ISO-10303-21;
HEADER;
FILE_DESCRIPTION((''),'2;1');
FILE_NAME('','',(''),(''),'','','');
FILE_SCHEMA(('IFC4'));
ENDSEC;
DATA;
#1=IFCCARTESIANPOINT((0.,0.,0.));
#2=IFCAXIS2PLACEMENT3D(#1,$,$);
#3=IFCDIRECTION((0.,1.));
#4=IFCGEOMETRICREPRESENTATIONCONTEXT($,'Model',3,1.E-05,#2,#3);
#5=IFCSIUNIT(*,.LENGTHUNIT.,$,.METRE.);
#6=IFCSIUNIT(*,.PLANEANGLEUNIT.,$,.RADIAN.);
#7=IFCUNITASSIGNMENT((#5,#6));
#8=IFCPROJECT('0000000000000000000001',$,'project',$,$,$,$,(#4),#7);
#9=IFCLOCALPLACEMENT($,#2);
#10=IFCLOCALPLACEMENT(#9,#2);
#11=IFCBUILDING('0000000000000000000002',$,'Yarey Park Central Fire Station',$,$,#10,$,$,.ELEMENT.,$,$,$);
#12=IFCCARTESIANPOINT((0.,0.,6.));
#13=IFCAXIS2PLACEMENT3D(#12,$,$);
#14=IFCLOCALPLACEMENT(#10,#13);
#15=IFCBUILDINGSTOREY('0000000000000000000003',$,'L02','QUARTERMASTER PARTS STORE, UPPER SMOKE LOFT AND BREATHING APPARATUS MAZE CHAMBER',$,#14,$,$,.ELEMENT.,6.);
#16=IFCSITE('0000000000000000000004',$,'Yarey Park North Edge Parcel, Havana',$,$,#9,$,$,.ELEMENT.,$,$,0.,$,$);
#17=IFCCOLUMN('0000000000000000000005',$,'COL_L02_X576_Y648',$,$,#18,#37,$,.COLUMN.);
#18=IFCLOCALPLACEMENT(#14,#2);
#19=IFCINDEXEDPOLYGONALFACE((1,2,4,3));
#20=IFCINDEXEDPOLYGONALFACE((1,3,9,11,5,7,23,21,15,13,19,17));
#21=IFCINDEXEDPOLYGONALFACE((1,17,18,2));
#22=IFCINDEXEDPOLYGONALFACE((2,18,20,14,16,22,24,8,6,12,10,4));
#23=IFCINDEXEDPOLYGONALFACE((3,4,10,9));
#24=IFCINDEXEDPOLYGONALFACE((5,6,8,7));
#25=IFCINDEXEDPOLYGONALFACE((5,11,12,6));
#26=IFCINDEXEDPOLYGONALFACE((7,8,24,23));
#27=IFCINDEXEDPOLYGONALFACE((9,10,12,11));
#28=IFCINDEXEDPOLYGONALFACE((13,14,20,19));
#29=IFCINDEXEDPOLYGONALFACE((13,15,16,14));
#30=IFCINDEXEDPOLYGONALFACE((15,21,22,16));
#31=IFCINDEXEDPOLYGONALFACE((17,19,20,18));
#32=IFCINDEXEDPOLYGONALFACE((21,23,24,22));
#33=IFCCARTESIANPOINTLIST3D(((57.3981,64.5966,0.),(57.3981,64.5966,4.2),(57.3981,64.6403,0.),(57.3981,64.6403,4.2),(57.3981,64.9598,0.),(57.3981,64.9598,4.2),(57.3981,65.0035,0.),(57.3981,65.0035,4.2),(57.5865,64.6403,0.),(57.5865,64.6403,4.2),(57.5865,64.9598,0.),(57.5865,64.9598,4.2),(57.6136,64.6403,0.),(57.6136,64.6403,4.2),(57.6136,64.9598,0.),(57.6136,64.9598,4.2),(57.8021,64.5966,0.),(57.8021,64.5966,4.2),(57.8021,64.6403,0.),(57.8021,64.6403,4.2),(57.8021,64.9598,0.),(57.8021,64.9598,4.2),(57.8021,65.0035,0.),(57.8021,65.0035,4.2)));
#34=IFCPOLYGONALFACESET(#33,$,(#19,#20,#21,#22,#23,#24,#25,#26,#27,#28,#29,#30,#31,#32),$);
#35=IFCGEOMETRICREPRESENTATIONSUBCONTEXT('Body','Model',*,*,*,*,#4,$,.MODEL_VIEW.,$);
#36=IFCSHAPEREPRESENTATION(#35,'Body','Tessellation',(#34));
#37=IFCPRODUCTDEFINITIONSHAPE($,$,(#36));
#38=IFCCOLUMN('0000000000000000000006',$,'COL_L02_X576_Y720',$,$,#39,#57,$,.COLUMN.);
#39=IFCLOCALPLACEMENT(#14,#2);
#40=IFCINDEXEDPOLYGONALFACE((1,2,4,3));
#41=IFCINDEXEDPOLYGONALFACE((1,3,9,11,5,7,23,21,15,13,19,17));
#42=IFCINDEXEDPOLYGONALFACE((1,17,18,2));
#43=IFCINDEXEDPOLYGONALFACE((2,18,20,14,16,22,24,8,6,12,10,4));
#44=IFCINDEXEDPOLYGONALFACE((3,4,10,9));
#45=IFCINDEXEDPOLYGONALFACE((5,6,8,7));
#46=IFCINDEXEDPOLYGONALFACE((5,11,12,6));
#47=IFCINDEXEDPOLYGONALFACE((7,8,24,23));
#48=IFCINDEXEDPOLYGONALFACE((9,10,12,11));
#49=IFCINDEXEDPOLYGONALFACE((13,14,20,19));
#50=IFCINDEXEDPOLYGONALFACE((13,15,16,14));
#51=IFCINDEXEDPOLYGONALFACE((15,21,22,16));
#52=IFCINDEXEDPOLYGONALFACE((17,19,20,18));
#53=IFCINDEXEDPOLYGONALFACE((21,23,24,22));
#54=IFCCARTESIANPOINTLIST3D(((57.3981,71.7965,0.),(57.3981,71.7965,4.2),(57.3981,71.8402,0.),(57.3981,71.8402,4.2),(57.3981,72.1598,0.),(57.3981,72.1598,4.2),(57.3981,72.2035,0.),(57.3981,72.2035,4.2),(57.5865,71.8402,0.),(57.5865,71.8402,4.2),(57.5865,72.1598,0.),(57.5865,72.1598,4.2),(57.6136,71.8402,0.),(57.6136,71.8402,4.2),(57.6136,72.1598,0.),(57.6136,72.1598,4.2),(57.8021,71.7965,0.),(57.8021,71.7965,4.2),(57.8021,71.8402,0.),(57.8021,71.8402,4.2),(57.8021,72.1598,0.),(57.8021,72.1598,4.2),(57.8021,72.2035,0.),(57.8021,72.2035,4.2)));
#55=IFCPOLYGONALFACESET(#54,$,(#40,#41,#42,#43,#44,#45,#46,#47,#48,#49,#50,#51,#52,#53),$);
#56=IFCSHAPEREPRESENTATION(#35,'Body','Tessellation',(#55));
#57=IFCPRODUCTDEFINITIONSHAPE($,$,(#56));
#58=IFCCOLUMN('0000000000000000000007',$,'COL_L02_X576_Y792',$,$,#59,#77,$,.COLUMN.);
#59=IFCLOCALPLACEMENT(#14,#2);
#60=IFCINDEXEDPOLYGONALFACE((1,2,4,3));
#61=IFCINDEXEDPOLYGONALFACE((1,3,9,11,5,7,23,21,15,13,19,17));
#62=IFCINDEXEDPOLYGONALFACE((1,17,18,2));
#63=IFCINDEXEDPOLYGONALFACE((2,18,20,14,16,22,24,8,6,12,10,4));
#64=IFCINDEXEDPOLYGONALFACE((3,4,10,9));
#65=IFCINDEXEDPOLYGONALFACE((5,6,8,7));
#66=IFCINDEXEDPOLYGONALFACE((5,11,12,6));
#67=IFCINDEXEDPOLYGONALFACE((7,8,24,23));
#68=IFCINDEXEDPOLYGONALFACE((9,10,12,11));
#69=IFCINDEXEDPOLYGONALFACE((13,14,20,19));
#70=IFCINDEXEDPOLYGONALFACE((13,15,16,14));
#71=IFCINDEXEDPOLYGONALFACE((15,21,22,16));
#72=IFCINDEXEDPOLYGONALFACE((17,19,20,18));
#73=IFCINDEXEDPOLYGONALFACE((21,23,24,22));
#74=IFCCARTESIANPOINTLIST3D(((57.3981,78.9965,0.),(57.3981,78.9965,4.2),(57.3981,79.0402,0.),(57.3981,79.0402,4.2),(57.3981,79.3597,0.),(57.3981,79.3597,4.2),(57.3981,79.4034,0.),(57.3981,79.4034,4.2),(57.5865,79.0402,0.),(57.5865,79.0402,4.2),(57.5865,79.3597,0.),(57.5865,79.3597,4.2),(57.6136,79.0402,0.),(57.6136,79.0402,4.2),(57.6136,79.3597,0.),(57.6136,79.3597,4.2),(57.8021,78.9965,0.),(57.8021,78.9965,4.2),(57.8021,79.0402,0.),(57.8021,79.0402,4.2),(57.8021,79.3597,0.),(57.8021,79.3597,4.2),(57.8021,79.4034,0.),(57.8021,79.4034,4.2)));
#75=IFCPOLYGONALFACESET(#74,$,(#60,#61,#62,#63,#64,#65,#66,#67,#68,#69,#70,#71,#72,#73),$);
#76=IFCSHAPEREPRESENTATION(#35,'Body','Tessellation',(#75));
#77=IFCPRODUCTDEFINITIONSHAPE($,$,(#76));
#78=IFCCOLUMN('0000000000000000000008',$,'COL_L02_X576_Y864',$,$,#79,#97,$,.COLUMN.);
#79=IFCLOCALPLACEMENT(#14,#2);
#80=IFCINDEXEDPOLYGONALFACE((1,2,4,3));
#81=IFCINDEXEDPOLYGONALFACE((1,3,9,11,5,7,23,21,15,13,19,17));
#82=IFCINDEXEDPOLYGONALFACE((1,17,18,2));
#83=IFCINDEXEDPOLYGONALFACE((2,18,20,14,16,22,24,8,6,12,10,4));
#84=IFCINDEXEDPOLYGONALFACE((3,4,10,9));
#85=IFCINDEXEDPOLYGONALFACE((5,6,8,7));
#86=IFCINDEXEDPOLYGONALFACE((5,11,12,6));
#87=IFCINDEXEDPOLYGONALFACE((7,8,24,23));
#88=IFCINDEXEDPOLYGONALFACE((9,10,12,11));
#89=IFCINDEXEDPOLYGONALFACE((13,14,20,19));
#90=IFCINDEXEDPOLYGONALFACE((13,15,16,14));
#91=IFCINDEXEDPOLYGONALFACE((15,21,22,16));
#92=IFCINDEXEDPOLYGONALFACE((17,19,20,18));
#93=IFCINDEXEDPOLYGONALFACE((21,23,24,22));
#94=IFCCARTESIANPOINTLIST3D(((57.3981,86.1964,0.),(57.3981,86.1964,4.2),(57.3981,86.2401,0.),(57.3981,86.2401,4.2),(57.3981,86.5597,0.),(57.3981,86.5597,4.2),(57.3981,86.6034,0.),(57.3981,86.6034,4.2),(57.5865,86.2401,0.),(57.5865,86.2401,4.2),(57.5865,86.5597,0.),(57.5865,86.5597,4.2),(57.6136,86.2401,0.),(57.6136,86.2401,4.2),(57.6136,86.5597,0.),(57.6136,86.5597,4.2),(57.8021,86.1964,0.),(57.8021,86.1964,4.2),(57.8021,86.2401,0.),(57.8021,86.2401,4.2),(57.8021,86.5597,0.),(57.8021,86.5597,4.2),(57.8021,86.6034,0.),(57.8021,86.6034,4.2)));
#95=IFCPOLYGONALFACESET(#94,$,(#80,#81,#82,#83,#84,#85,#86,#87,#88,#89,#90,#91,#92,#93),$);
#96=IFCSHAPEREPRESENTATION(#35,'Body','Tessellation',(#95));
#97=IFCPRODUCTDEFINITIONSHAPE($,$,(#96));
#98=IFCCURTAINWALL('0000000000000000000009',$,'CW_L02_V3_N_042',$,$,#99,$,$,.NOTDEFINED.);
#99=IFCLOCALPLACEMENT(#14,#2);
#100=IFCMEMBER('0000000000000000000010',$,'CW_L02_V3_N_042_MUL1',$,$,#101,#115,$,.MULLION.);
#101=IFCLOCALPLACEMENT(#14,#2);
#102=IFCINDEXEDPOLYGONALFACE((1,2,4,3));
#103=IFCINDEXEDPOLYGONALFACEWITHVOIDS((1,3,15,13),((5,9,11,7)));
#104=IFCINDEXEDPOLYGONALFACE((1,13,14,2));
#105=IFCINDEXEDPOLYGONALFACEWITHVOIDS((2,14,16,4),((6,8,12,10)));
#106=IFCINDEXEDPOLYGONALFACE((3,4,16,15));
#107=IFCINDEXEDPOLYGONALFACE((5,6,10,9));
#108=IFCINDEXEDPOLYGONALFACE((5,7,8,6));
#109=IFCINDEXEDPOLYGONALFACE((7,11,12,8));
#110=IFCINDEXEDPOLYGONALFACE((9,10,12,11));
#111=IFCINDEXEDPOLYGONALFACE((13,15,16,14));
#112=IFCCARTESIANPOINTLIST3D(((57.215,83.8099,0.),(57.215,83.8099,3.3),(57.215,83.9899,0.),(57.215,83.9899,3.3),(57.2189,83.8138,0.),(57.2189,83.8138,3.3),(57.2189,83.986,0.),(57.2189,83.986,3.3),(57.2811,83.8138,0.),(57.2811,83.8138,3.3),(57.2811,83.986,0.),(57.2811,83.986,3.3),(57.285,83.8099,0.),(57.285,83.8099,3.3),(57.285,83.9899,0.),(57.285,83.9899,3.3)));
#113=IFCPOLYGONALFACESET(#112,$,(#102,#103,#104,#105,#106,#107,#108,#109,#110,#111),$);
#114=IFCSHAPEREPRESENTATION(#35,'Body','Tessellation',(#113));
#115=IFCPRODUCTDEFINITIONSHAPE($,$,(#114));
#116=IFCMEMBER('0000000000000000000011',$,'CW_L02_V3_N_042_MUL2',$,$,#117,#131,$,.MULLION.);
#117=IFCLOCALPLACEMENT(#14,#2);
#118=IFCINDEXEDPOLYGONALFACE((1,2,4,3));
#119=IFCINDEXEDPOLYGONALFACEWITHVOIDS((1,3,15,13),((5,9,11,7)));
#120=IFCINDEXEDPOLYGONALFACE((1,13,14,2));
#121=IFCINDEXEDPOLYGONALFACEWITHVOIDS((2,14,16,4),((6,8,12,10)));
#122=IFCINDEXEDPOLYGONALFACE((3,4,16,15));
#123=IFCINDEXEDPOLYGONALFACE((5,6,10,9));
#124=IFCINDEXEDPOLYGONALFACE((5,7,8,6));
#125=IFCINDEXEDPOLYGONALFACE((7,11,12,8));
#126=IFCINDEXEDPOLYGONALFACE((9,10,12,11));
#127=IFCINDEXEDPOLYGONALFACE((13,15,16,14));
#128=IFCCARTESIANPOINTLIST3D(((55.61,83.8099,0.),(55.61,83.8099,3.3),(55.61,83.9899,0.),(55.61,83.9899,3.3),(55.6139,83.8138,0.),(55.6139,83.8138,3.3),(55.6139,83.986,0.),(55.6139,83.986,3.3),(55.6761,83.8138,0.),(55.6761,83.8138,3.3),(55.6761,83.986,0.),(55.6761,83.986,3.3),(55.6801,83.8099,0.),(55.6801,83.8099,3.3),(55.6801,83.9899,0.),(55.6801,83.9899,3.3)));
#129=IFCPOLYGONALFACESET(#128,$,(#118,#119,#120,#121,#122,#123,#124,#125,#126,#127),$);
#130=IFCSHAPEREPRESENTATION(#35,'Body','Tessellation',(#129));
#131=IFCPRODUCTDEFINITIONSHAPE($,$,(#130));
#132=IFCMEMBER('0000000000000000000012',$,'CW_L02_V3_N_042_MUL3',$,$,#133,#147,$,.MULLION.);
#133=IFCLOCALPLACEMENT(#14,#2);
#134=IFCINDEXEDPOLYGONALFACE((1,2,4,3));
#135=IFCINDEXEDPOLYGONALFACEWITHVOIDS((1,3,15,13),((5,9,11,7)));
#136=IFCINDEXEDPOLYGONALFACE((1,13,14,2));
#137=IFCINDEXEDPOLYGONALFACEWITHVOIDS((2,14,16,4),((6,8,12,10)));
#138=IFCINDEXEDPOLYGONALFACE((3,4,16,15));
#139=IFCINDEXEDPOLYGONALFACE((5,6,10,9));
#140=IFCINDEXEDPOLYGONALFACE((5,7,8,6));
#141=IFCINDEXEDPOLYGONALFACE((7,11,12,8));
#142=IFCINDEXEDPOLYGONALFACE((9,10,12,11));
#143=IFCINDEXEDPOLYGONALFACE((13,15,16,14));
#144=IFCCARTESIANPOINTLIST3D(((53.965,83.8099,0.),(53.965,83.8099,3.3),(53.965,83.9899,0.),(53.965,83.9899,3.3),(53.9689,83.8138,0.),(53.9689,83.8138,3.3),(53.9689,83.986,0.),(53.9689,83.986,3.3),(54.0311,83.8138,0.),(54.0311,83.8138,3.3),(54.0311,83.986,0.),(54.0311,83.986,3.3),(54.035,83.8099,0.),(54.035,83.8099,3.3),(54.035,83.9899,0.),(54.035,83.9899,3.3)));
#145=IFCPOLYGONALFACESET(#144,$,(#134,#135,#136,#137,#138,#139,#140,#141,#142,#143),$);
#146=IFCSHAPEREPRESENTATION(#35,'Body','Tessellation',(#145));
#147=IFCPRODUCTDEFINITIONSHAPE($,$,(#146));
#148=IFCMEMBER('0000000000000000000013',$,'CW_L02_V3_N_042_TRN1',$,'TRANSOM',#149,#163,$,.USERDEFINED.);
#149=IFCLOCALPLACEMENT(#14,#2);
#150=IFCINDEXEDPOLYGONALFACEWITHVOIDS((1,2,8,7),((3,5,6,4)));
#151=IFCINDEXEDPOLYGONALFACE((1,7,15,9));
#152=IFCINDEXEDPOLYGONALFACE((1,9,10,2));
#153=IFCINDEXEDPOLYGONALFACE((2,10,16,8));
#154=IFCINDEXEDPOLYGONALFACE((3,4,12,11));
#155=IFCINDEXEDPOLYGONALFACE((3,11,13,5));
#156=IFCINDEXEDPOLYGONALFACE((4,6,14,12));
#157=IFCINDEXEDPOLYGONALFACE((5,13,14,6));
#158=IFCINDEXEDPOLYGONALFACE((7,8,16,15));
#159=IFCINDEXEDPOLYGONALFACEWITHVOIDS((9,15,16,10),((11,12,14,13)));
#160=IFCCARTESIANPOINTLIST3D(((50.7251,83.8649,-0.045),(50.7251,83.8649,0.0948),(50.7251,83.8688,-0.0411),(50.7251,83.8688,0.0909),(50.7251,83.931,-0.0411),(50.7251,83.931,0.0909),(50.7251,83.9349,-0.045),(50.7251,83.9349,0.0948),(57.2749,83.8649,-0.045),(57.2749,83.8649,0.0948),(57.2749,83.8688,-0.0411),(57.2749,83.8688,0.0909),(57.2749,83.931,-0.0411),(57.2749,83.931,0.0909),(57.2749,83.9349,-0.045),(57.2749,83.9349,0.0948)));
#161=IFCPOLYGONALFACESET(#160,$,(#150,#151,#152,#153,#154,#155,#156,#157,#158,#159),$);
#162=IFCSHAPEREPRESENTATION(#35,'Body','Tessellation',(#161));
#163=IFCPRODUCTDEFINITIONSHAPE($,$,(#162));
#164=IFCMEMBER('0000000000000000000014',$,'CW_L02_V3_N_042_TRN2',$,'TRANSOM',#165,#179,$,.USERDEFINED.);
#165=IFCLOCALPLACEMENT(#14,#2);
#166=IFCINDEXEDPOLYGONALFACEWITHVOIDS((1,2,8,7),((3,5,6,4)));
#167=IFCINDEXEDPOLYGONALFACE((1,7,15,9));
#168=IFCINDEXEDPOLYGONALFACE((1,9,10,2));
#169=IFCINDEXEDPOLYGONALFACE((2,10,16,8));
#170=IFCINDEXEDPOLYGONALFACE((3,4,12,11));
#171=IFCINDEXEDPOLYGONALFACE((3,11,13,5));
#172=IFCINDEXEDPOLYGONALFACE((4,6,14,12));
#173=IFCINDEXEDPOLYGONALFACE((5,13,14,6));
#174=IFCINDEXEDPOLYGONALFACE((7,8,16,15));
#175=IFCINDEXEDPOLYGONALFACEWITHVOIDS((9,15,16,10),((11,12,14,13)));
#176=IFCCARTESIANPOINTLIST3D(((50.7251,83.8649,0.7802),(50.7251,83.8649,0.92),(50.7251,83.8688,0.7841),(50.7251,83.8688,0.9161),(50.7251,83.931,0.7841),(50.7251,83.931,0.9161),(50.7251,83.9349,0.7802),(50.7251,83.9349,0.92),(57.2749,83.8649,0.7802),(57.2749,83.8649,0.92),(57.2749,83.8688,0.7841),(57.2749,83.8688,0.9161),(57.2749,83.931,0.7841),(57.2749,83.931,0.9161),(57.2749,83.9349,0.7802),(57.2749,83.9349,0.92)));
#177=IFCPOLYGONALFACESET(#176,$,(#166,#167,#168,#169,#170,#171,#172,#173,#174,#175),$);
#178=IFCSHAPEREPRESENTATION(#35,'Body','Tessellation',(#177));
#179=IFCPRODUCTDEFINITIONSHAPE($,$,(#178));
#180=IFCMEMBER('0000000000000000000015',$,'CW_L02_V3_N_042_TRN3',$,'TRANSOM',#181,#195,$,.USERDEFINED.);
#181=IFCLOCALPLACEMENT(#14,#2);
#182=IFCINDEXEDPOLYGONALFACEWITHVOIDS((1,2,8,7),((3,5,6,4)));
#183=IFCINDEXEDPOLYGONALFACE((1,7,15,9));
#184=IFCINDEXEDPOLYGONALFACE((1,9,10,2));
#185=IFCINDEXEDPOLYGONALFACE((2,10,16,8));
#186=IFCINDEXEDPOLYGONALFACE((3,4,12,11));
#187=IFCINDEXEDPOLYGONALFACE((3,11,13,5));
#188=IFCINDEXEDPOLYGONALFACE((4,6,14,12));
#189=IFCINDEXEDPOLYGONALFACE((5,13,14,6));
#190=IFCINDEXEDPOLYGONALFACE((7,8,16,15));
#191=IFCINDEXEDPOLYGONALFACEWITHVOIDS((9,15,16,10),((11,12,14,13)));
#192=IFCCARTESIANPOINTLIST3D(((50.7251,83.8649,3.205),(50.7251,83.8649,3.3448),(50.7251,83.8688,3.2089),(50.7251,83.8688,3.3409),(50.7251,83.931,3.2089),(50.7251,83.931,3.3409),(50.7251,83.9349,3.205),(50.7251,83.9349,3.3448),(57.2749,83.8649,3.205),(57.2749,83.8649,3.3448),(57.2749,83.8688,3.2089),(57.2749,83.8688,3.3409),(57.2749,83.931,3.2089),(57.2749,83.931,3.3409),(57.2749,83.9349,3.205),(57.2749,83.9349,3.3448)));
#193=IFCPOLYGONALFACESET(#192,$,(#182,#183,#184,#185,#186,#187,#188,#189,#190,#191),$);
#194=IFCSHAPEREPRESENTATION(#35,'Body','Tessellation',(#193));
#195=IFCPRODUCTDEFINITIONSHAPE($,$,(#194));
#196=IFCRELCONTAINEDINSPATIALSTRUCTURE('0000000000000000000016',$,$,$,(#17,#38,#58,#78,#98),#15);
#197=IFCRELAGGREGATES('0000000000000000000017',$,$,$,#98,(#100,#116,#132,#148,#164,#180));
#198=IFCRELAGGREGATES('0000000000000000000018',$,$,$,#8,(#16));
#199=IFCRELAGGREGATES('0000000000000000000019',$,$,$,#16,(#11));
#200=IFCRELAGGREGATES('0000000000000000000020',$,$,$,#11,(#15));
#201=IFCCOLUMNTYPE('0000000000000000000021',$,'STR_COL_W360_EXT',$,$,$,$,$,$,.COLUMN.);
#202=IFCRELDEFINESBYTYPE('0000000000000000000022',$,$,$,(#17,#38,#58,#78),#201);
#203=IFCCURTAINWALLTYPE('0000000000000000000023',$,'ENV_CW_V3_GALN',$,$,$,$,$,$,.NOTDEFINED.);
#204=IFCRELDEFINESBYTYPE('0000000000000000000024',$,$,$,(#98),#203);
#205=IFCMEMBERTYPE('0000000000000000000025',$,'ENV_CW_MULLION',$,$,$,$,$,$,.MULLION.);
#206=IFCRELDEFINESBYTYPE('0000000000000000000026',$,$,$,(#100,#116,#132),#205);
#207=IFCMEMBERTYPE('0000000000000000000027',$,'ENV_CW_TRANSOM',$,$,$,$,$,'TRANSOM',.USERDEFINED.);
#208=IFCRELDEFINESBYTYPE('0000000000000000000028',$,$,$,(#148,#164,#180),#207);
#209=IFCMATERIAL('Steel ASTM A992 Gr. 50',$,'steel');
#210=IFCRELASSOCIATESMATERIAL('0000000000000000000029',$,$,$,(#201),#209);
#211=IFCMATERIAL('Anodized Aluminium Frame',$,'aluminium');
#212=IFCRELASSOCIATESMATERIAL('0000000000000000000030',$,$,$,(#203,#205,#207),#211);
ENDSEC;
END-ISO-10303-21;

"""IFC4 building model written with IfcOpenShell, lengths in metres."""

from ifc_helpers import new_model, si_unit, direction, frame, origin, origin_2d, place, context, subcontext, project, spatial, hollow_rectangle, i_section, extrude, material, material_profile, profile_set, type_object, element, aggregate, save


model = new_model("IFC4")

# Units and contexts
model_context = context("Model", 3, precision=1e-05, world=origin(), true_north=direction((0.0, 1.0)))
body_context = subcontext(model_context, "Body", "Model", "MODEL_VIEW")
ifc_project = project(units=[si_unit("LENGTHUNIT", "METRE"), si_unit("PLANEANGLEUNIT", "RADIAN")], contexts=[model_context])

# Site, building, storey
site_placement = place(None, origin())
site = spatial("IfcSite", under=ifc_project, at=site_placement, Name="Yarey Park North Edge Parcel, Havana", CompositionType="ELEMENT", RefElevation=0.0)
building_placement = place(site_placement, origin())
building = spatial("IfcBuilding", under=site, at=building_placement, Name="Yarey Park Central Fire Station", CompositionType="ELEMENT")
storey_placement = place(building_placement, frame((0.0, 0.0, 6.0)))
storey = spatial("IfcBuildingStorey", under=building, at=storey_placement, Name="L02", Description="QUARTERMASTER PARTS STORE, UPPER SMOKE LOFT AND BREATHING APPARATUS MAZE CHAMBER", CompositionType="ELEMENT", Elevation=6.0)

# Columns
ifc_material_1 = material(Name="Steel ASTM A992 Gr. 50", Category="steel")
ifc_material_profile_1 = material_profile(ifc_material_1, i_section(OverallWidth=0.4041, OverallDepth=0.407, WebThickness=0.0271, FlangeThickness=0.0437, at=origin_2d()), Name="W360x347")
ifc_profile_set_1 = profile_set([ifc_material_profile_1], Name="Steel ASTM A992 Gr. 50")
column_type = type_object("IfcColumnType", Name="STR_COL_W360_EXT", PredefinedType="COLUMN", material=ifc_profile_set_1)
for number, where, z_axis, x_axis, name in (
    (1, (57.6001, 64.8, 0.0), (0.0, 0.0, 1.0), (1.0, 0.0, 0.0), "COL_L02_X576_Y648"),
    (2, (57.6001, 72.0, 0.0), (0.0, 0.0, 1.0), (1.0, 0.0, 0.0), "COL_L02_X576_Y720"),
    (3, (57.6001, 79.2, 0.0), (0.0, 0.0, 1.0), (1.0, 0.0, 0.0), "COL_L02_X576_Y792"),
    (4, (57.6001, 86.3999, 0.0), (0.0, 0.0, 1.0), (1.0, 0.0, 0.0), "COL_L02_X576_Y864"),
):
    element("IfcColumn", number, at=place(storey_placement, frame(where, z_axis=z_axis, x_axis=x_axis)), inside=storey, type_object=column_type, Name=name, PredefinedType="COLUMN", context=body_context, shape_type="SweptSolid", body=[
        extrude(i_section(OverallWidth=0.4041, OverallDepth=0.407, WebThickness=0.0271, FlangeThickness=0.0437, at=origin_2d()), origin(), (0.0, 0.0, 1.0), 4.2),
    ])

# Curtain wall, members
ifc_material_2 = material(Name="Anodized Aluminium Frame", Category="aluminium")
curtain_wall_type = type_object("IfcCurtainWallType", Name="ENV_CW_V3_GALN", PredefinedType="NOTDEFINED", material=ifc_material_2)
curtain_wall_placement = place(storey_placement, origin())
curtain_wall = element("IfcCurtainWall", 5, at=curtain_wall_placement, inside=storey, type_object=curtain_wall_type, Name="CW_L02_V3_N_042", PredefinedType="NOTDEFINED")
ifc_material_profile_2 = material_profile(ifc_material_2, hollow_rectangle(XDim=0.0701, YDim=0.1799, WallThickness=0.0039, at=origin_2d()), Name="ALU 180x70x4")
ifc_profile_set_2 = profile_set([ifc_material_profile_2], Name="Anodized Aluminium Frame")
member_type_1 = type_object("IfcMemberType", Name="ENV_CW_MULLION", PredefinedType="MULLION", material=ifc_profile_set_2)
member_1_placement = place(storey_placement, frame((57.25, 83.8999, 0.0), z_axis=(0.0, 0.0, 1.0), x_axis=(1.0, 0.0, 0.0)))
member_1 = element("IfcMember", 6, at=member_1_placement, type_object=member_type_1, Name="CW_L02_V3_N_042_MUL1", PredefinedType="MULLION", context=body_context, shape_type="SweptSolid", body=[
    extrude(hollow_rectangle(XDim=0.0701, YDim=0.1799, WallThickness=0.0039, at=origin_2d()), origin(), (0.0, 0.0, 1.0), 3.3),
])
member_2_placement = place(storey_placement, frame((55.645, 83.8999, 0.0), z_axis=(0.0, 0.0, 1.0), x_axis=(1.0, 0.0, 0.0)))
member_2 = element("IfcMember", 7, at=member_2_placement, type_object=member_type_1, Name="CW_L02_V3_N_042_MUL2", PredefinedType="MULLION", context=body_context, shape_type="SweptSolid", body=[
    extrude(hollow_rectangle(XDim=0.0701, YDim=0.1799, WallThickness=0.0039, at=origin_2d()), origin(), (0.0, 0.0, 1.0), 3.3),
])
member_3_placement = place(storey_placement, frame((54.0, 83.8999, 0.0), z_axis=(0.0, 0.0, 1.0), x_axis=(1.0, 0.0, 0.0)))
member_3 = element("IfcMember", 8, at=member_3_placement, type_object=member_type_1, Name="CW_L02_V3_N_042_MUL3", PredefinedType="MULLION", context=body_context, shape_type="SweptSolid", body=[
    extrude(hollow_rectangle(XDim=0.0701, YDim=0.1799, WallThickness=0.0039, at=origin_2d()), origin(), (0.0, 0.0, 1.0), 3.3),
])
ifc_material_profile_3 = material_profile(ifc_material_2, hollow_rectangle(XDim=0.0701, YDim=0.1399, WallThickness=0.0039, at=origin_2d()), Name="ALU 140x70x4")
ifc_profile_set_3 = profile_set([ifc_material_profile_3], Name="Anodized Aluminium Frame")
member_type_2 = type_object("IfcMemberType", Name="ENV_CW_TRANSOM", ElementType="TRANSOM", PredefinedType="USERDEFINED", material=ifc_profile_set_3)
member_4_placement = place(storey_placement, frame((57.2749, 83.8999, 0.0249), z_axis=(-1.0, 0.0, 0.0), x_axis=(0.0, -1.0, 0.0)))
member_4 = element("IfcMember", 9, at=member_4_placement, type_object=member_type_2, Name="CW_L02_V3_N_042_TRN1", ObjectType="TRANSOM", PredefinedType="USERDEFINED", context=body_context, shape_type="SweptSolid", body=[
    extrude(hollow_rectangle(XDim=0.0701, YDim=0.1399, WallThickness=0.0039, at=origin_2d()), origin(), (0.0, 0.0, 1.0), 6.5498),
])
member_5_placement = place(storey_placement, frame((57.2749, 83.8999, 0.8501), z_axis=(-1.0, 0.0, 0.0), x_axis=(0.0, -1.0, 0.0)))
member_5 = element("IfcMember", 10, at=member_5_placement, type_object=member_type_2, Name="CW_L02_V3_N_042_TRN2", ObjectType="TRANSOM", PredefinedType="USERDEFINED", context=body_context, shape_type="SweptSolid", body=[
    extrude(hollow_rectangle(XDim=0.0701, YDim=0.1399, WallThickness=0.0039, at=origin_2d()), origin(), (0.0, 0.0, 1.0), 6.5498),
])
member_6_placement = place(storey_placement, frame((57.2749, 83.8999, 3.2749), z_axis=(-1.0, 0.0, 0.0), x_axis=(0.0, -1.0, 0.0)))
member_6 = element("IfcMember", 11, at=member_6_placement, type_object=member_type_2, Name="CW_L02_V3_N_042_TRN3", ObjectType="TRANSOM", PredefinedType="USERDEFINED", context=body_context, shape_type="SweptSolid", body=[
    extrude(hollow_rectangle(XDim=0.0701, YDim=0.1399, WallThickness=0.0039, at=origin_2d()), origin(), (0.0, 0.0, 1.0), 6.5498),
])

aggregate(curtain_wall, [member_1, member_2, member_3, member_4, member_5, member_6])

save(model, "model.ifc")
